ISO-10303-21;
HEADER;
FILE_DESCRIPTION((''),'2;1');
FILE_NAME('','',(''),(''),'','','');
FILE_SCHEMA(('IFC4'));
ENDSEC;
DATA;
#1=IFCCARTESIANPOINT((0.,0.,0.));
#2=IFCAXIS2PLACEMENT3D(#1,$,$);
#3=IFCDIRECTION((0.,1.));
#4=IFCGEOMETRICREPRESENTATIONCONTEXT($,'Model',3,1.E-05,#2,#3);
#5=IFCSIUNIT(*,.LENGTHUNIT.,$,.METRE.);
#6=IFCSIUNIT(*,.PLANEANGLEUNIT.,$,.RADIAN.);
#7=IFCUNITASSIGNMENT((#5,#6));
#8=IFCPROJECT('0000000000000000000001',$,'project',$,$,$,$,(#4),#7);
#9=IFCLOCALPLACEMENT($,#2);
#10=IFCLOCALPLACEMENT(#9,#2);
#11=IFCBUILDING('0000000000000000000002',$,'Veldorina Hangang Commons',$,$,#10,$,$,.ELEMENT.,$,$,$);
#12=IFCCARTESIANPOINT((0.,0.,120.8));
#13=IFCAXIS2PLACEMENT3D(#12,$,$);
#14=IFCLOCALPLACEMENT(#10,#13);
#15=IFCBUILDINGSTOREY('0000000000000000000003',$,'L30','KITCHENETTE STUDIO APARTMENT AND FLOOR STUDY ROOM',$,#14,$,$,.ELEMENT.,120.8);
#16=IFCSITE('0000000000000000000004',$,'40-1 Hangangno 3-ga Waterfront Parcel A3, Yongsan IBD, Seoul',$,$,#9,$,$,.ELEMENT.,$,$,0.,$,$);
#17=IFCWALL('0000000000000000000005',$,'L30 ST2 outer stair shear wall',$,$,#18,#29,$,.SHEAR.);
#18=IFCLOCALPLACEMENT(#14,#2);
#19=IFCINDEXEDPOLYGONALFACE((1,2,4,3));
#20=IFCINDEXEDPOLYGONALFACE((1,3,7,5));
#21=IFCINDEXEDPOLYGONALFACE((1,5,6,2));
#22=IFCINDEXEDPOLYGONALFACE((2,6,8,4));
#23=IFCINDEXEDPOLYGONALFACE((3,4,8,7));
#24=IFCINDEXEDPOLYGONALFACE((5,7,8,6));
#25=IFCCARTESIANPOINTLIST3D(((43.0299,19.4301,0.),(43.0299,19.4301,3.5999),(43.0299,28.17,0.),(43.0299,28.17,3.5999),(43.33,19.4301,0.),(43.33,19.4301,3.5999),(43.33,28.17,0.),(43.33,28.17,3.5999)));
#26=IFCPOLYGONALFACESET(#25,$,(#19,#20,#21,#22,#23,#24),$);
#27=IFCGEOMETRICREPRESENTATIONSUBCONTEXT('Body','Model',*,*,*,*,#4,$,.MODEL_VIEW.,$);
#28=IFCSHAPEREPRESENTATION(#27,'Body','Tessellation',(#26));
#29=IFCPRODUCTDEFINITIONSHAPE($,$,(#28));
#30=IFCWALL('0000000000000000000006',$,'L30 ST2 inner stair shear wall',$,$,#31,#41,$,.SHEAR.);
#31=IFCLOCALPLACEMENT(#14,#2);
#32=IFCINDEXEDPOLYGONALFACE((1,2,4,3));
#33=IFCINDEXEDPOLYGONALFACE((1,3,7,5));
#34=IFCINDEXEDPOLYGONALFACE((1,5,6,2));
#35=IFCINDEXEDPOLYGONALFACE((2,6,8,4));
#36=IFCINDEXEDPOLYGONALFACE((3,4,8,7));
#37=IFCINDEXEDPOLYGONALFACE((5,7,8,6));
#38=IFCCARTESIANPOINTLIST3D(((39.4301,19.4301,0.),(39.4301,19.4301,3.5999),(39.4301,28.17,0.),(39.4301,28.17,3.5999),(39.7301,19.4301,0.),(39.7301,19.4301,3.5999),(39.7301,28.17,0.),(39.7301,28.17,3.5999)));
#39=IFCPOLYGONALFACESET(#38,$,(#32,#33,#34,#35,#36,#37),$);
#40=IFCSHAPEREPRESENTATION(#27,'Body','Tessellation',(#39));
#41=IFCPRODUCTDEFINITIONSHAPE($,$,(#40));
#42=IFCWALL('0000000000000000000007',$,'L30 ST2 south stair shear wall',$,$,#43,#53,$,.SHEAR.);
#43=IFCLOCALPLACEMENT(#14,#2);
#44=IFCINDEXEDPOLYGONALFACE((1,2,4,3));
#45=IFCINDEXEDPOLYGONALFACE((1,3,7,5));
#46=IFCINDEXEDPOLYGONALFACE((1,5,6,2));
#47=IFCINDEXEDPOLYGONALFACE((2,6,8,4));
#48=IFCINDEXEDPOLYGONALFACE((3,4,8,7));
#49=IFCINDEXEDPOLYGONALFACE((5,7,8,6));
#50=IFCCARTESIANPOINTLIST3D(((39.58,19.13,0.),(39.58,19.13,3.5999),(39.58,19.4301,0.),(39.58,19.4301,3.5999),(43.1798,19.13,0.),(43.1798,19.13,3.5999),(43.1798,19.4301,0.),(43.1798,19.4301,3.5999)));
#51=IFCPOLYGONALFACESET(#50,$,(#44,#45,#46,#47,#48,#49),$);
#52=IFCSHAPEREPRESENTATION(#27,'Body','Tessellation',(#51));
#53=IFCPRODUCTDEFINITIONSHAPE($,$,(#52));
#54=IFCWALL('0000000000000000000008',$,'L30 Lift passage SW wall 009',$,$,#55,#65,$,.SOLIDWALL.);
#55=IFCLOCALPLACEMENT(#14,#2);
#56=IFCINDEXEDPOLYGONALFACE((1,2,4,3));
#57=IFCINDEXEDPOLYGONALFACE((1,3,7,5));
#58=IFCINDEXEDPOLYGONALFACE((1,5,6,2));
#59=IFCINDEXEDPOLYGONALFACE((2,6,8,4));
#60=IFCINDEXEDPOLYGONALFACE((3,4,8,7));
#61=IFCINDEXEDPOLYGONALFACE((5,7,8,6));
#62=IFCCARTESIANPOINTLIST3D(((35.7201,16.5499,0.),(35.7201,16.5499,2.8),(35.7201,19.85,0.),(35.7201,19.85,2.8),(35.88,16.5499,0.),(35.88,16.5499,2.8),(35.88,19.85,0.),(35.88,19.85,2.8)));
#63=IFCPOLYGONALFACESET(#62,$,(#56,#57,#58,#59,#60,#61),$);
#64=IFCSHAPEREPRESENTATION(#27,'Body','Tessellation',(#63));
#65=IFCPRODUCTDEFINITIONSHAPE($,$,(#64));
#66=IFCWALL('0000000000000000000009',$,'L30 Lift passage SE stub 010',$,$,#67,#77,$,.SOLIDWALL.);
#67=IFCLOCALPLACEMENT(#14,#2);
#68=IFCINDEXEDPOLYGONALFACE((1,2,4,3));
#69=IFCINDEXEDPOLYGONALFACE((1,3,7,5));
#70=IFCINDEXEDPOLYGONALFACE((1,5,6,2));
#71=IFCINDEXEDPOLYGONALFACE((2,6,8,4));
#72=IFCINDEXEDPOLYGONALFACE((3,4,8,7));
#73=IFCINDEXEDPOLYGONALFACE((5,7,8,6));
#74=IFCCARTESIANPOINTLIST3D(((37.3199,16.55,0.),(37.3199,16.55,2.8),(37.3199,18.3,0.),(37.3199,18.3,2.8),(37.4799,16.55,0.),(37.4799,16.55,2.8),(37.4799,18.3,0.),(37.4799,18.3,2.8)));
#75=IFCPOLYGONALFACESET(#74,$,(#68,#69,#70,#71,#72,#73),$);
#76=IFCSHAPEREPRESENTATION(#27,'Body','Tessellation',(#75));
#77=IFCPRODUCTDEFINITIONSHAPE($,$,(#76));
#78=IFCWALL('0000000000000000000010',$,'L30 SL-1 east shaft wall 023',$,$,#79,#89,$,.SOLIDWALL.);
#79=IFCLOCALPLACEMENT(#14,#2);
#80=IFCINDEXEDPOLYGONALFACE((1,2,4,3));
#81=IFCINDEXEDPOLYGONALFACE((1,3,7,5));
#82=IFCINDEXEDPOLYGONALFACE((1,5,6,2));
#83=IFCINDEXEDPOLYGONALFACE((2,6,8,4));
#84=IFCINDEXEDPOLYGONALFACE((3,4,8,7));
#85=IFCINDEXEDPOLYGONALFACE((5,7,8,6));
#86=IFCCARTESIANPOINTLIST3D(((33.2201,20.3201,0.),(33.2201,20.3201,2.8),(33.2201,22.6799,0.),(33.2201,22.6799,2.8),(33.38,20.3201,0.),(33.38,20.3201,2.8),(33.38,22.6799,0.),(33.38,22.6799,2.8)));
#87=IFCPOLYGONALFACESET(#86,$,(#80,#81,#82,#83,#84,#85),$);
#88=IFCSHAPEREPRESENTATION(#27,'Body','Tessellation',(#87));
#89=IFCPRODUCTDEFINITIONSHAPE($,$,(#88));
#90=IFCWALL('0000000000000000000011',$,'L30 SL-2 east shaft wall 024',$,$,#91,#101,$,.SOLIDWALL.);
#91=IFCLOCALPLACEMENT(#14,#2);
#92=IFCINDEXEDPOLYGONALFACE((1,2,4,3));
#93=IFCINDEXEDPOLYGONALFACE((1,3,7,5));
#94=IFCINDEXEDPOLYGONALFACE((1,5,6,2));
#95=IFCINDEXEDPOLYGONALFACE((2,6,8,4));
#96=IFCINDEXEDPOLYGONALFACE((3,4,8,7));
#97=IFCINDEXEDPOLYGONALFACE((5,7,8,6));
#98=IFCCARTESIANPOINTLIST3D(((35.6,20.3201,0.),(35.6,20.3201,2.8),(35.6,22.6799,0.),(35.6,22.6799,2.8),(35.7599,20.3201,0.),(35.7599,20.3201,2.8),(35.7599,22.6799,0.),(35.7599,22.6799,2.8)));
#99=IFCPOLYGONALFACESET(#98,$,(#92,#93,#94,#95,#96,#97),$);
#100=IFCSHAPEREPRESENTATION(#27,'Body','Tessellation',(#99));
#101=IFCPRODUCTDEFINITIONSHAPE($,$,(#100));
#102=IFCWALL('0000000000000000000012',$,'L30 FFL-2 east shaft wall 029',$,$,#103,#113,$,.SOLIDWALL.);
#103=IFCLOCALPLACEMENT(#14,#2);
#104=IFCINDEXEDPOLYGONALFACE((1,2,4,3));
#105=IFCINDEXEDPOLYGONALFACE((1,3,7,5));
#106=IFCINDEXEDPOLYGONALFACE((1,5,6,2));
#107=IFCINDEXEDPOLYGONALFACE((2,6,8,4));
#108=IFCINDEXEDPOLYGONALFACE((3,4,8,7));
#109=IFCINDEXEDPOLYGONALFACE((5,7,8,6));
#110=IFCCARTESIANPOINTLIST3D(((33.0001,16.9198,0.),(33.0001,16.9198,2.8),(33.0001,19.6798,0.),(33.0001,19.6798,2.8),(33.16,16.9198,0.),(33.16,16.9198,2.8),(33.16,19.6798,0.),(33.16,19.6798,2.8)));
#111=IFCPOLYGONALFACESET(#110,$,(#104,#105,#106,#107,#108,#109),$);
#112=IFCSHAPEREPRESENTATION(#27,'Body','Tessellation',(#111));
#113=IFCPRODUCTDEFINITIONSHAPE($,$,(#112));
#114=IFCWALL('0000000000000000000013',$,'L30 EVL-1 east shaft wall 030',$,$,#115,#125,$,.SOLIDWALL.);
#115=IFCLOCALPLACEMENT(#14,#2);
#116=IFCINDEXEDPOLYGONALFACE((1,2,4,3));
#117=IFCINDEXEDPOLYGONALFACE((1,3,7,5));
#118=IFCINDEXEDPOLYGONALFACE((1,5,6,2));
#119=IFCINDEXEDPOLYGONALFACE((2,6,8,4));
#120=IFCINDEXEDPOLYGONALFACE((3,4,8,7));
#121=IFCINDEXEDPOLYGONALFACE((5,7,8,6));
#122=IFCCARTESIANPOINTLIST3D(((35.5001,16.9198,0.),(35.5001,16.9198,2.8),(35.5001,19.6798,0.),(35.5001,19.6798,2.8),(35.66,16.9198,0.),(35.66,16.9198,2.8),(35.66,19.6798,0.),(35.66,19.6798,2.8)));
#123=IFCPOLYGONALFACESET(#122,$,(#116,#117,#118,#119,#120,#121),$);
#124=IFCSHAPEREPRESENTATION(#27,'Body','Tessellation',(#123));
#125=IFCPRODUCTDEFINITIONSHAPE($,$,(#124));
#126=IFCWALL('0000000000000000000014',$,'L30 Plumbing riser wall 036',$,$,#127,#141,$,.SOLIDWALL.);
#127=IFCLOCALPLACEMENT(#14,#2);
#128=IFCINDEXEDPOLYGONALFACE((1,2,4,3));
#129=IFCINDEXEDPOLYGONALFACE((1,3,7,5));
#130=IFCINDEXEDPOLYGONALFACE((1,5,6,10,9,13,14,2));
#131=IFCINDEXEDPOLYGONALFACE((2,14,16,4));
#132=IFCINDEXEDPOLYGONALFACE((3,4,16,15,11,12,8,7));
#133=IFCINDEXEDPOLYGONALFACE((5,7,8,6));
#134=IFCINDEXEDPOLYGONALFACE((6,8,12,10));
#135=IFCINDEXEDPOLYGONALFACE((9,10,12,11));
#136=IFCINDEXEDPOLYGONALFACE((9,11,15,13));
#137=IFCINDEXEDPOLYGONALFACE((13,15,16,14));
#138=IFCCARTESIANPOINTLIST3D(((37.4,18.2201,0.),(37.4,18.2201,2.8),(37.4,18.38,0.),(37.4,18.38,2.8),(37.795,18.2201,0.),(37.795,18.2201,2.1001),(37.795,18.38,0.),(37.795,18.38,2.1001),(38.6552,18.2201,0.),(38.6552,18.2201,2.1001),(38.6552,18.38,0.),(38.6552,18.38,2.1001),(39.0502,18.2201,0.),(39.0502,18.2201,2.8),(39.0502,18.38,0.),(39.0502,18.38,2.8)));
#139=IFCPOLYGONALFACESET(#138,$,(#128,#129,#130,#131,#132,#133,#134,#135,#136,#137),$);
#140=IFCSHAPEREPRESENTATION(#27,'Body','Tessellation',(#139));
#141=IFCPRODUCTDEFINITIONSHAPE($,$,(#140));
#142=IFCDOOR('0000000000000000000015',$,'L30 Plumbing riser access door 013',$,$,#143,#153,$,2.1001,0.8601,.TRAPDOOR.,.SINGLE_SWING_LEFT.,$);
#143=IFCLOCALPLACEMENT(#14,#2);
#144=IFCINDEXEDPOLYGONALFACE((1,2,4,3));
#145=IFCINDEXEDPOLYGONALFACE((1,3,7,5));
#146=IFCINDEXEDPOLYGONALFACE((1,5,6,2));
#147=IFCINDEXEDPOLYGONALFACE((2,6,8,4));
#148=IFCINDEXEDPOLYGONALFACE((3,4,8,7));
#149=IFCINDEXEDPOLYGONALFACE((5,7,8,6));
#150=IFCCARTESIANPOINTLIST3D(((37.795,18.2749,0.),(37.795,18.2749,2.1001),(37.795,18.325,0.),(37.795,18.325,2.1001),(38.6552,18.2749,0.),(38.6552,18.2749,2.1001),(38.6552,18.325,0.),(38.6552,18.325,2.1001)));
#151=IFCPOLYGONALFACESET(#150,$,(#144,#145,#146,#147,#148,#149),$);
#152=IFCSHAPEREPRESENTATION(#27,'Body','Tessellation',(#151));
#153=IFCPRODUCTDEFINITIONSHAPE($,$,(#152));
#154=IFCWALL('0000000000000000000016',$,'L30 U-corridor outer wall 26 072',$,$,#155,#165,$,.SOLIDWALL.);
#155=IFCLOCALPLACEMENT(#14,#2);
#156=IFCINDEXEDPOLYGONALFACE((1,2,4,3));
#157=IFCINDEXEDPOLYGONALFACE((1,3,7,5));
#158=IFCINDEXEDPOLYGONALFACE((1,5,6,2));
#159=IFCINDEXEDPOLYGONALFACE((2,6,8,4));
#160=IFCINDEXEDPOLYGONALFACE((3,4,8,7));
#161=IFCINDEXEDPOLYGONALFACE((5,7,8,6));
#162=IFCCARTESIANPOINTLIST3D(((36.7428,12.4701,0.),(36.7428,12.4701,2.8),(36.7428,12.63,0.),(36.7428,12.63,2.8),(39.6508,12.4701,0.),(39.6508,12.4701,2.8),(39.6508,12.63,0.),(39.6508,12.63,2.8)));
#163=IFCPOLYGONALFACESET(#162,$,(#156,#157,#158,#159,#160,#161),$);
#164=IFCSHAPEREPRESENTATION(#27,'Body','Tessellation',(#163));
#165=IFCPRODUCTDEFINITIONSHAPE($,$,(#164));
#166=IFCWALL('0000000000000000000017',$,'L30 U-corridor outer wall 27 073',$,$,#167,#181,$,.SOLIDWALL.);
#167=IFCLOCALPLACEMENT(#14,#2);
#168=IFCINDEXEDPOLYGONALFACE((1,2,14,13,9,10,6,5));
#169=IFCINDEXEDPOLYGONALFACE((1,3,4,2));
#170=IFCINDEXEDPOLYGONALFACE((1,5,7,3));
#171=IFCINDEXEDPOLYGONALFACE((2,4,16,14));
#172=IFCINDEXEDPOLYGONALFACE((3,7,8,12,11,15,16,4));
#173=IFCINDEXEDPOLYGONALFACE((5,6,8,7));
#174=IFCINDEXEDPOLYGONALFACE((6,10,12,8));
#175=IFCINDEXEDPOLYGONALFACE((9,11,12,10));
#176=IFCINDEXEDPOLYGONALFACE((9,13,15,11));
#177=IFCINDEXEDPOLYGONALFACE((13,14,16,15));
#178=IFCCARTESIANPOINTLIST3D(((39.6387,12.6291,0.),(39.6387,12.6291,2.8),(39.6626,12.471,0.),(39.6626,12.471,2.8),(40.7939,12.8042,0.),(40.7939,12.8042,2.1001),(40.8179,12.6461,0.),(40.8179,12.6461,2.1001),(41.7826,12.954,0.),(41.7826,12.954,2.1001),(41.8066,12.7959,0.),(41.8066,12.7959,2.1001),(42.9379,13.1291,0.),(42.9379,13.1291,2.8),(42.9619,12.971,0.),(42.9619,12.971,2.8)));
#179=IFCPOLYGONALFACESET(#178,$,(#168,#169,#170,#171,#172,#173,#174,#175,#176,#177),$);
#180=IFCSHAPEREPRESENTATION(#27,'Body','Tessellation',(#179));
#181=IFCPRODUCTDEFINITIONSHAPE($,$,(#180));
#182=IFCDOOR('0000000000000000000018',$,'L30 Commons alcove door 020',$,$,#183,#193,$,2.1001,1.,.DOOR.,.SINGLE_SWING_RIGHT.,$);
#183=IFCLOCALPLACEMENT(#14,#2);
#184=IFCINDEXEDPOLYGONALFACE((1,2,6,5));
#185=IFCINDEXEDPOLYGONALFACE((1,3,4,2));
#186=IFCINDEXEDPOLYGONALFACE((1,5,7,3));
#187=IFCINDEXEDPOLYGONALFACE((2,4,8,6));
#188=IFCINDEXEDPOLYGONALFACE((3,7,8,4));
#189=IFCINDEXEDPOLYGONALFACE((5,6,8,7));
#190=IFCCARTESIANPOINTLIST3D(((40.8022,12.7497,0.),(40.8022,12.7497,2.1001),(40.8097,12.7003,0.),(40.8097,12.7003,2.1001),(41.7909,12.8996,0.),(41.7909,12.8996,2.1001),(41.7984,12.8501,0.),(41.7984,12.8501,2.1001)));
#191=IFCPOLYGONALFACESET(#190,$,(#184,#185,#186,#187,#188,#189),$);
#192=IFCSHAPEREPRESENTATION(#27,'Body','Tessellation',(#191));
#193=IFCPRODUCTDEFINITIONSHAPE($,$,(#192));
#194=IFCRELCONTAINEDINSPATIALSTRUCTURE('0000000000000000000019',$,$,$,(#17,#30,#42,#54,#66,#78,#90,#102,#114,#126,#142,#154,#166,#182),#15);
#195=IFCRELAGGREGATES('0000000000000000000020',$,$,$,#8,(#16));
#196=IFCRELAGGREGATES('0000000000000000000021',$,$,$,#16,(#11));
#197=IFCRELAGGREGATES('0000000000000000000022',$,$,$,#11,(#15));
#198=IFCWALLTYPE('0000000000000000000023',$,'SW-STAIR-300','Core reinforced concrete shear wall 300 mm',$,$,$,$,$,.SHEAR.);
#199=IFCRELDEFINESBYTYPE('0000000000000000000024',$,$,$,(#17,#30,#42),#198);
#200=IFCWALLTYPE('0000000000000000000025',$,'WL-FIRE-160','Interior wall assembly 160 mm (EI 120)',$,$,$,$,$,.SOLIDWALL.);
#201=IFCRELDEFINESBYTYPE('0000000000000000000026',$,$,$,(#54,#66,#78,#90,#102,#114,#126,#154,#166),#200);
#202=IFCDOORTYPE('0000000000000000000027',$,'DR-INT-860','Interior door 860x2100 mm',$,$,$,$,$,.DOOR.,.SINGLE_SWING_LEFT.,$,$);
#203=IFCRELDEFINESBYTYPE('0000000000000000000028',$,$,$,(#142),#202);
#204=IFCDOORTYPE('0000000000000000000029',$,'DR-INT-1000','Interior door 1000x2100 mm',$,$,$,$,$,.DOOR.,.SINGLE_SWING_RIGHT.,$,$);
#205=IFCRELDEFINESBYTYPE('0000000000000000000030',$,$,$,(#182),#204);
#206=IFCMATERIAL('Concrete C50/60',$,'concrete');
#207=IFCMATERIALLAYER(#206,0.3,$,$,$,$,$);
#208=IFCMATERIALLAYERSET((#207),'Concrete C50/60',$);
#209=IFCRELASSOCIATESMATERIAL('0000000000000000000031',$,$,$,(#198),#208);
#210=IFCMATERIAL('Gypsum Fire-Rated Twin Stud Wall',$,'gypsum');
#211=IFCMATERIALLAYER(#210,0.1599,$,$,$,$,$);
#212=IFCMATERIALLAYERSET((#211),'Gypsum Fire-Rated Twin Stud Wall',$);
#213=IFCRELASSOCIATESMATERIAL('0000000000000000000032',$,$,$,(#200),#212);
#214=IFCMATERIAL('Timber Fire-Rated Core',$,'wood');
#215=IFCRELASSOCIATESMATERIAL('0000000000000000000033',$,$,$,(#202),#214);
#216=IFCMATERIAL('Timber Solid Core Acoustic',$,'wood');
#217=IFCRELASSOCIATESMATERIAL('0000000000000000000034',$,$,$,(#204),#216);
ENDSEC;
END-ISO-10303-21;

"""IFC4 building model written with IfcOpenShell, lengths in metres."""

from ifc_helpers import new_model, si_unit, direction, frame, frame_2d, origin, place, context, subcontext, project, spatial, rectangle, extrude, material, layer, layer_set, type_object, element, fill, save


model = new_model("IFC4")

# Units and contexts
model_context = context("Model", 3, precision=1e-05, world=origin(), true_north=direction((0.0, 1.0)))
body_context = subcontext(model_context, "Body", "Model", "MODEL_VIEW")
ifc_project = project(units=[si_unit("LENGTHUNIT", "METRE"), si_unit("PLANEANGLEUNIT", "RADIAN")], contexts=[model_context])

# Site, building, storey
site_placement = place(None, origin())
site = spatial("IfcSite", under=ifc_project, at=site_placement, Name="40-1 Hangangno 3-ga Waterfront Parcel A3, Yongsan IBD, Seoul", CompositionType="ELEMENT", RefElevation=0.0)
building_placement = place(site_placement, origin())
building = spatial("IfcBuilding", under=site, at=building_placement, Name="Veldorina Hangang Commons", CompositionType="ELEMENT")
storey_placement = place(building_placement, frame((0.0, 0.0, 120.8)))
storey = spatial("IfcBuildingStorey", under=building, at=storey_placement, Name="L30", Description="KITCHENETTE STUDIO APARTMENT AND FLOOR STUDY ROOM", CompositionType="ELEMENT", Elevation=120.8)

# Walls
ifc_material_1 = material(Name="Concrete C50/60", Category="concrete")
ifc_layer_1 = layer(ifc_material_1, 0.3)
ifc_layer_set_1 = layer_set([ifc_layer_1], Name="Concrete C50/60")
wall_type_1 = type_object("IfcWallType", Name="SW-STAIR-300", Description="Core reinforced concrete shear wall 300 mm", PredefinedType="SHEAR", material=ifc_layer_set_1)
for number, where, z_axis, x_axis, name in (
    (1, (43.1799, 19.4299, 0.0), (0.0, 0.0, 1.0), (0.0, 1.0, 0.0), "L30 ST2 outer stair shear wall"),
    (2, (39.5801, 19.4299, 0.0), (0.0, 0.0, 1.0), (0.0, 1.0, 0.0), "L30 ST2 inner stair shear wall"),
):
    element("IfcWall", number, at=place(storey_placement, frame(where, z_axis=z_axis, x_axis=x_axis)), inside=storey, type_object=wall_type_1, Name=name, PredefinedType="SHEAR", context=body_context, shape_type="SweptSolid", body=[
        extrude(rectangle(XDim=8.74, YDim=0.3, at=frame_2d((4.3701, 0.0))), origin(), (0.0, 0.0, 1.0), 3.5999),
    ])
wall_1_placement = place(storey_placement, frame((39.5801, 19.28, 0.0), z_axis=(0.0, 0.0, 1.0), x_axis=(1.0, 0.0, 0.0)))
element("IfcWall", 3, at=wall_1_placement, inside=storey, type_object=wall_type_1, Name="L30 ST2 south stair shear wall", PredefinedType="SHEAR", context=body_context, shape_type="SweptSolid", body=[
    extrude(rectangle(XDim=3.5999, YDim=0.3, at=frame_2d((1.7998, 0.0))), origin(), (0.0, 0.0, 1.0), 3.5999),
])
ifc_material_2 = material(Name="Gypsum Fire-Rated Twin Stud Wall", Category="gypsum")
ifc_layer_2 = layer(ifc_material_2, 0.1599)
ifc_layer_set_2 = layer_set([ifc_layer_2], Name="Gypsum Fire-Rated Twin Stud Wall")
wall_type_2 = type_object("IfcWallType", Name="WL-FIRE-160", Description="Interior wall assembly 160 mm (EI 120)", PredefinedType="SOLIDWALL", material=ifc_layer_set_2)
wall_2_placement = place(storey_placement, frame((35.8, 16.55, 0.0), z_axis=(0.0, 0.0, 1.0), x_axis=(0.0, 1.0, 0.0)))
element("IfcWall", 4, at=wall_2_placement, inside=storey, type_object=wall_type_2, Name="L30 Lift passage SW wall 009", PredefinedType="SOLIDWALL", context=body_context, shape_type="SweptSolid", body=[
    extrude(rectangle(XDim=3.3, YDim=0.1599, at=frame_2d((1.6499, 0.0))), origin(), (0.0, 0.0, 1.0), 2.8),
])
wall_3_placement = place(storey_placement, frame((37.3999, 16.55, 0.0), z_axis=(0.0, 0.0, 1.0), x_axis=(0.0, 1.0, 0.0)))
element("IfcWall", 5, at=wall_3_placement, inside=storey, type_object=wall_type_2, Name="L30 Lift passage SE stub 010", PredefinedType="SOLIDWALL", context=body_context, shape_type="SweptSolid", body=[
    extrude(rectangle(XDim=1.75, YDim=0.1599, at=frame_2d((0.875, 0.0))), origin(), (0.0, 0.0, 1.0), 2.8),
])
for number, where, z_axis, x_axis, name in (
    (6, (33.3, 20.3201, 0.0), (0.0, 0.0, 1.0), (0.0, 1.0, 0.0), "L30 SL-1 east shaft wall 023"),
    (7, (35.6799, 20.3201, 0.0), (0.0, 0.0, 1.0), (0.0, 1.0, 0.0), "L30 SL-2 east shaft wall 024"),
):
    element("IfcWall", number, at=place(storey_placement, frame(where, z_axis=z_axis, x_axis=x_axis)), inside=storey, type_object=wall_type_2, Name=name, PredefinedType="SOLIDWALL", context=body_context, shape_type="SweptSolid", body=[
        extrude(rectangle(XDim=2.3599, YDim=0.1599, at=frame_2d((1.1799, 0.0))), origin(), (0.0, 0.0, 1.0), 2.8),
    ])
for number, where, z_axis, x_axis, name in (
    (8, (33.0801, 16.9199, 0.0), (0.0, 0.0, 1.0), (0.0, 1.0, 0.0), "L30 FFL-2 east shaft wall 029"),
    (9, (35.5801, 16.9199, 0.0), (0.0, 0.0, 1.0), (0.0, 1.0, 0.0), "L30 EVL-1 east shaft wall 030"),
):
    element("IfcWall", number, at=place(storey_placement, frame(where, z_axis=z_axis, x_axis=x_axis)), inside=storey, type_object=wall_type_2, Name=name, PredefinedType="SOLIDWALL", context=body_context, shape_type="SweptSolid", body=[
        extrude(rectangle(XDim=2.76, YDim=0.1599, at=frame_2d((1.3799, 0.0))), origin(), (0.0, 0.0, 1.0), 2.8),
    ])

# Wall, opening, door
wall_4_placement = place(storey_placement, frame((37.3999, 18.3, 0.0), z_axis=(0.0, 0.0, 1.0), x_axis=(1.0, 0.0, 0.0)))
wall_4 = element("IfcWall", 10, at=wall_4_placement, inside=storey, type_object=wall_type_2, Name="L30 Plumbing riser wall 036", PredefinedType="SOLIDWALL", context=body_context, shape_type="SweptSolid", body=[
    extrude(rectangle(XDim=1.6501, YDim=0.1599, at=frame_2d((0.8252, 0.0))), origin(), (0.0, 0.0, 1.0), 2.8),
])
opening_1_placement = place(wall_4_placement, frame((0.395, 0.0, 0.0)))
opening_1 = element("IfcOpeningElement", 11, at=opening_1_placement, cuts=wall_4, PredefinedType="OPENING", context=body_context, shape_type="SweptSolid", body=[
    extrude(rectangle(XDim=0.8601, YDim=2.1001, at=frame_2d((0.4302, 1.05))), frame((0.0, 0.0898, 0.0), z_axis=(0.0, -1.0, 0.0), x_axis=(1.0, 0.0, 0.0)), (0.0, 0.0, 1.0), 0.1799),
])
ifc_material_3 = material(Name="Timber Fire-Rated Core", Category="wood")
door_type_1 = type_object("IfcDoorType", Name="DR-INT-860", Description="Interior door 860x2100 mm", OperationType="SINGLE_SWING_LEFT", PredefinedType="DOOR", material=ifc_material_3)
door_1_placement = place(opening_1_placement, origin())
door_1 = element("IfcDoor", 12, at=door_1_placement, inside=storey, type_object=door_type_1, Name="L30 Plumbing riser access door 013", OperationType="SINGLE_SWING_LEFT", OverallHeight=2.1001, OverallWidth=0.8601, PredefinedType="TRAPDOOR", context=body_context, shape_type="SweptSolid", body=[
    extrude(rectangle(XDim=0.8601, YDim=2.1001, at=frame_2d((0.4302, 1.05))), frame((0.0, 0.0249, 0.0), z_axis=(0.0, -1.0, 0.0), x_axis=(1.0, 0.0, 0.0)), (0.0, 0.0, 1.0), 0.05),
])
fill(opening_1, door_1)

# Wall
wall_5_placement = place(storey_placement, frame((36.7427, 12.55, 0.0), z_axis=(0.0, 0.0, 1.0), x_axis=(1.0, 0.0, 0.0)))
element("IfcWall", 13, at=wall_5_placement, inside=storey, type_object=wall_type_2, Name="L30 U-corridor outer wall 26 072", PredefinedType="SOLIDWALL", context=body_context, shape_type="SweptSolid", body=[
    extrude(rectangle(XDim=2.908, YDim=0.1599, at=frame_2d((1.4541, 0.0))), origin(), (0.0, 0.0, 1.0), 2.8),
])

# Wall, opening, door
wall_6_placement = place(storey_placement, frame((39.6506, 12.55, 0.0), z_axis=(0.0, 0.0, 1.0), x_axis=(0.988711, 0.149836, 0.0)))
wall_6 = element("IfcWall", 14, at=wall_6_placement, inside=storey, type_object=wall_type_2, Name="L30 U-corridor outer wall 27 073", PredefinedType="SOLIDWALL", context=body_context, shape_type="SweptSolid", body=[
    extrude(rectangle(XDim=3.3369, YDim=0.1599, at=frame_2d((1.6685, 0.0))), origin(), (0.0, 0.0, 1.0), 2.8),
])
opening_2_placement = place(wall_6_placement, frame((1.1685, 0.0, 0.0)))
opening_2 = element("IfcOpeningElement", 15, at=opening_2_placement, cuts=wall_6, PredefinedType="OPENING", context=body_context, shape_type="SweptSolid", body=[
    extrude(rectangle(XDim=1.0, YDim=2.1001, at=frame_2d((0.5, 1.05))), frame((0.0, 0.0898, 0.0), z_axis=(0.0, -1.0, 0.0), x_axis=(1.0, 0.0, 0.0)), (0.0, 0.0, 1.0), 0.1799),
])
ifc_material_4 = material(Name="Timber Solid Core Acoustic", Category="wood")
door_type_2 = type_object("IfcDoorType", Name="DR-INT-1000", Description="Interior door 1000x2100 mm", OperationType="SINGLE_SWING_RIGHT", PredefinedType="DOOR", material=ifc_material_4)
door_2_placement = place(opening_2_placement, origin())
door_2 = element("IfcDoor", 16, at=door_2_placement, inside=storey, type_object=door_type_2, Name="L30 Commons alcove door 020", OperationType="SINGLE_SWING_RIGHT", OverallHeight=2.1001, OverallWidth=1.0, PredefinedType="DOOR", context=body_context, shape_type="SweptSolid", body=[
    extrude(rectangle(XDim=1.0, YDim=2.1001, at=frame_2d((0.5, 1.05))), frame((0.0, 0.0249, 0.0), z_axis=(0.0, -1.0, 0.0), x_axis=(1.0, 0.0, 0.0)), (0.0, 0.0, 1.0), 0.05),
])
fill(opening_2, door_2)

save(model, "model.ifc")
